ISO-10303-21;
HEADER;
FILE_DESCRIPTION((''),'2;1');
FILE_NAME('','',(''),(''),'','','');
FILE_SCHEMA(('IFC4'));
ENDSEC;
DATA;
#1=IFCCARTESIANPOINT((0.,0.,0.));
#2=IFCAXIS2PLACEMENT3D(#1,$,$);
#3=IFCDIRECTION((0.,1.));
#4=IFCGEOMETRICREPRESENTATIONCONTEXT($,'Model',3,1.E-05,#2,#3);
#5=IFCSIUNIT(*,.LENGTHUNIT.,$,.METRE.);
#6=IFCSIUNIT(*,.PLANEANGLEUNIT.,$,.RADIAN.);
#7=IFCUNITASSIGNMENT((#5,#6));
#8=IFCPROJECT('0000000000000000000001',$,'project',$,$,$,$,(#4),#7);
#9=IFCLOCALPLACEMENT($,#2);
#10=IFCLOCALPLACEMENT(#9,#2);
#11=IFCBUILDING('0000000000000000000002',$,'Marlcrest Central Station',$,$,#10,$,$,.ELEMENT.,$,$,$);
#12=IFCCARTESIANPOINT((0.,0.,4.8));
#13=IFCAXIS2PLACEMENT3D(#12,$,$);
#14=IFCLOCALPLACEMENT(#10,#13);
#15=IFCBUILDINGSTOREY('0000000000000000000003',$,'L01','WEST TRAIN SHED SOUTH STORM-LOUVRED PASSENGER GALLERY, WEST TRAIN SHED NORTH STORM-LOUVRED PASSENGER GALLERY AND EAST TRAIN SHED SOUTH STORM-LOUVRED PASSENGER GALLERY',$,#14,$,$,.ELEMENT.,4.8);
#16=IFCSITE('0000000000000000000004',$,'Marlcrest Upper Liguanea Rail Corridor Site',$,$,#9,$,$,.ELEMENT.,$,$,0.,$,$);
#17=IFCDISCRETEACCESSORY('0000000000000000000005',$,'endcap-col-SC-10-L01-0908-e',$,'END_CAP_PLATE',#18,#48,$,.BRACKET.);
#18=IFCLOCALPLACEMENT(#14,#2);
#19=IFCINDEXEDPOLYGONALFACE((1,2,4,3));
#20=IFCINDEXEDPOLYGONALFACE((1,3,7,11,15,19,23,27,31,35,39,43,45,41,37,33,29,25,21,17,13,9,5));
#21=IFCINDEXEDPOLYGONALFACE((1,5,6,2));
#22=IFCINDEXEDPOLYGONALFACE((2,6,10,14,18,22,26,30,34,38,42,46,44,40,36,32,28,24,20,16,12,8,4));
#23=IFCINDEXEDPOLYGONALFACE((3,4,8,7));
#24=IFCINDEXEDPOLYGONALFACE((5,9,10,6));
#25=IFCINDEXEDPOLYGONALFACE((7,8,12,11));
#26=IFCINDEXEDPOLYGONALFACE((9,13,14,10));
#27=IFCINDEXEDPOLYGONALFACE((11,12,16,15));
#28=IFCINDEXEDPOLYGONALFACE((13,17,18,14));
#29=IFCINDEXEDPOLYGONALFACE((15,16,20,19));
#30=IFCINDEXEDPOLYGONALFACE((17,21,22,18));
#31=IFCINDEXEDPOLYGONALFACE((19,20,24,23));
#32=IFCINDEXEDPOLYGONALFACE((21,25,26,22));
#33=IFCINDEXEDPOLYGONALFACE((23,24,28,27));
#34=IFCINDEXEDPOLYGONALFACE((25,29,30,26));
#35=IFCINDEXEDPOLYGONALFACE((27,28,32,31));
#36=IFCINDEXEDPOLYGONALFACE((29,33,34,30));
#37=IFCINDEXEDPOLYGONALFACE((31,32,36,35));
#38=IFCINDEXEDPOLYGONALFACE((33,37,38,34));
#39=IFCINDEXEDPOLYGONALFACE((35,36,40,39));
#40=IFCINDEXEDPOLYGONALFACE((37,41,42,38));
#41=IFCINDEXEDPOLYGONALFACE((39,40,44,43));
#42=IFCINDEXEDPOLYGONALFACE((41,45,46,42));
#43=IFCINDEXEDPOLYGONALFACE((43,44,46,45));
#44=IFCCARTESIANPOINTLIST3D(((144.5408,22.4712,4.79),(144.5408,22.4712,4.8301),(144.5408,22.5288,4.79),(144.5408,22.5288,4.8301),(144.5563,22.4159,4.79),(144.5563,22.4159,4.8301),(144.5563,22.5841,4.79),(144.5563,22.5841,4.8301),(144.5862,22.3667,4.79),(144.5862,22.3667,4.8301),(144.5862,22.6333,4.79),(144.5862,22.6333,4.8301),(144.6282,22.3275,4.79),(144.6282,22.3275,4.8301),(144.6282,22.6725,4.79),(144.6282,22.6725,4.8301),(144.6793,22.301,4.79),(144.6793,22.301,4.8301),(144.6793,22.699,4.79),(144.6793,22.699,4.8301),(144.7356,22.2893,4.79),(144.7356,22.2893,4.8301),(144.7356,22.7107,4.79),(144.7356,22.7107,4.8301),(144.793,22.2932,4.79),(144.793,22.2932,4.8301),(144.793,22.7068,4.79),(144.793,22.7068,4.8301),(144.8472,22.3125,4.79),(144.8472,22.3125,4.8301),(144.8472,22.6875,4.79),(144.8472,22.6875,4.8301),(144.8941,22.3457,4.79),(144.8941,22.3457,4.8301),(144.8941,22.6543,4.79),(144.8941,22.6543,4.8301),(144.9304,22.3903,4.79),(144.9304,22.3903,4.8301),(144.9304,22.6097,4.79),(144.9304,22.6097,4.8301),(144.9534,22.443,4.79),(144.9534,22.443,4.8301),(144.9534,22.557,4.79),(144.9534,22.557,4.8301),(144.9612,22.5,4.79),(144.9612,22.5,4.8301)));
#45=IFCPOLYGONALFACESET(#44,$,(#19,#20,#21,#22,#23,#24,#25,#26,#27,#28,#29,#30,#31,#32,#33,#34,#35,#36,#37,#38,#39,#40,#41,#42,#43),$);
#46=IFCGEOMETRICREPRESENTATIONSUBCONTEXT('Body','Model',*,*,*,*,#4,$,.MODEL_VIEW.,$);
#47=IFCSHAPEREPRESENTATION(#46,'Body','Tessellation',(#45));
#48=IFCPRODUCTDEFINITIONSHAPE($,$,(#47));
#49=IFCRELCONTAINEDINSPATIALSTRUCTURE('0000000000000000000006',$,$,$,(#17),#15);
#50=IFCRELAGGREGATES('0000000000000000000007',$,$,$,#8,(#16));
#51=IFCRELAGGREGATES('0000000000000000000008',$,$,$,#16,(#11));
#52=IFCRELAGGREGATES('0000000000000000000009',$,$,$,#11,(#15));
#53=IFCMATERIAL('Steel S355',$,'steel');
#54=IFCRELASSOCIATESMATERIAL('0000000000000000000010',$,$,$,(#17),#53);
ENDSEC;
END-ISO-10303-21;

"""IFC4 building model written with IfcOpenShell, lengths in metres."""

from ifc_helpers import new_model, si_unit, direction, frame, origin, origin_2d, place, context, subcontext, project, spatial, circle, extrude, material, element, save


model = new_model("IFC4")

# Units and contexts
model_context = context("Model", 3, precision=1e-05, world=origin(), true_north=direction((0.0, 1.0)))
body_context = subcontext(model_context, "Body", "Model", "MODEL_VIEW")
ifc_project = project(units=[si_unit("LENGTHUNIT", "METRE"), si_unit("PLANEANGLEUNIT", "RADIAN")], contexts=[model_context])

# Site, building, storey
site_placement = place(None, origin())
site = spatial("IfcSite", under=ifc_project, at=site_placement, Name="Marlcrest Upper Liguanea Rail Corridor Site", CompositionType="ELEMENT", RefElevation=0.0)
building_placement = place(site_placement, origin())
building = spatial("IfcBuilding", under=site, at=building_placement, Name="Marlcrest Central Station", CompositionType="ELEMENT")
storey_placement = place(building_placement, frame((0.0, 0.0, 4.8)))
storey = spatial("IfcBuildingStorey", under=building, at=storey_placement, Name="L01", Description="WEST TRAIN SHED SOUTH STORM-LOUVRED PASSENGER GALLERY, WEST TRAIN SHED NORTH STORM-LOUVRED PASSENGER GALLERY AND EAST TRAIN SHED SOUTH STORM-LOUVRED PASSENGER GALLERY", CompositionType="ELEMENT", Elevation=4.8)

# Shared definitions
ifc_material_1 = material(Name="Steel S355", Category="steel")

# Discrete accessory
for number, where, z_axis, x_axis, name in (
    (1, (144.75, 22.5, 4.79), (0.0, 0.0, 1.0), (1.0, 0.0, 0.0), "endcap-col-SC-10-L01-0908-e"),
):
    element("IfcDiscreteAccessory", number, at=place(storey_placement, frame(where, z_axis=z_axis, x_axis=x_axis)), inside=storey, material=ifc_material_1, Name=name, ObjectType="END_CAP_PLATE", PredefinedType="BRACKET", context=body_context, shape_type="SweptSolid", body=[
        extrude(circle(Radius=0.2112, at=origin_2d()), origin(), (0.0, 0.0, 1.0), 0.04),
    ])

save(model, "model.ifc")
